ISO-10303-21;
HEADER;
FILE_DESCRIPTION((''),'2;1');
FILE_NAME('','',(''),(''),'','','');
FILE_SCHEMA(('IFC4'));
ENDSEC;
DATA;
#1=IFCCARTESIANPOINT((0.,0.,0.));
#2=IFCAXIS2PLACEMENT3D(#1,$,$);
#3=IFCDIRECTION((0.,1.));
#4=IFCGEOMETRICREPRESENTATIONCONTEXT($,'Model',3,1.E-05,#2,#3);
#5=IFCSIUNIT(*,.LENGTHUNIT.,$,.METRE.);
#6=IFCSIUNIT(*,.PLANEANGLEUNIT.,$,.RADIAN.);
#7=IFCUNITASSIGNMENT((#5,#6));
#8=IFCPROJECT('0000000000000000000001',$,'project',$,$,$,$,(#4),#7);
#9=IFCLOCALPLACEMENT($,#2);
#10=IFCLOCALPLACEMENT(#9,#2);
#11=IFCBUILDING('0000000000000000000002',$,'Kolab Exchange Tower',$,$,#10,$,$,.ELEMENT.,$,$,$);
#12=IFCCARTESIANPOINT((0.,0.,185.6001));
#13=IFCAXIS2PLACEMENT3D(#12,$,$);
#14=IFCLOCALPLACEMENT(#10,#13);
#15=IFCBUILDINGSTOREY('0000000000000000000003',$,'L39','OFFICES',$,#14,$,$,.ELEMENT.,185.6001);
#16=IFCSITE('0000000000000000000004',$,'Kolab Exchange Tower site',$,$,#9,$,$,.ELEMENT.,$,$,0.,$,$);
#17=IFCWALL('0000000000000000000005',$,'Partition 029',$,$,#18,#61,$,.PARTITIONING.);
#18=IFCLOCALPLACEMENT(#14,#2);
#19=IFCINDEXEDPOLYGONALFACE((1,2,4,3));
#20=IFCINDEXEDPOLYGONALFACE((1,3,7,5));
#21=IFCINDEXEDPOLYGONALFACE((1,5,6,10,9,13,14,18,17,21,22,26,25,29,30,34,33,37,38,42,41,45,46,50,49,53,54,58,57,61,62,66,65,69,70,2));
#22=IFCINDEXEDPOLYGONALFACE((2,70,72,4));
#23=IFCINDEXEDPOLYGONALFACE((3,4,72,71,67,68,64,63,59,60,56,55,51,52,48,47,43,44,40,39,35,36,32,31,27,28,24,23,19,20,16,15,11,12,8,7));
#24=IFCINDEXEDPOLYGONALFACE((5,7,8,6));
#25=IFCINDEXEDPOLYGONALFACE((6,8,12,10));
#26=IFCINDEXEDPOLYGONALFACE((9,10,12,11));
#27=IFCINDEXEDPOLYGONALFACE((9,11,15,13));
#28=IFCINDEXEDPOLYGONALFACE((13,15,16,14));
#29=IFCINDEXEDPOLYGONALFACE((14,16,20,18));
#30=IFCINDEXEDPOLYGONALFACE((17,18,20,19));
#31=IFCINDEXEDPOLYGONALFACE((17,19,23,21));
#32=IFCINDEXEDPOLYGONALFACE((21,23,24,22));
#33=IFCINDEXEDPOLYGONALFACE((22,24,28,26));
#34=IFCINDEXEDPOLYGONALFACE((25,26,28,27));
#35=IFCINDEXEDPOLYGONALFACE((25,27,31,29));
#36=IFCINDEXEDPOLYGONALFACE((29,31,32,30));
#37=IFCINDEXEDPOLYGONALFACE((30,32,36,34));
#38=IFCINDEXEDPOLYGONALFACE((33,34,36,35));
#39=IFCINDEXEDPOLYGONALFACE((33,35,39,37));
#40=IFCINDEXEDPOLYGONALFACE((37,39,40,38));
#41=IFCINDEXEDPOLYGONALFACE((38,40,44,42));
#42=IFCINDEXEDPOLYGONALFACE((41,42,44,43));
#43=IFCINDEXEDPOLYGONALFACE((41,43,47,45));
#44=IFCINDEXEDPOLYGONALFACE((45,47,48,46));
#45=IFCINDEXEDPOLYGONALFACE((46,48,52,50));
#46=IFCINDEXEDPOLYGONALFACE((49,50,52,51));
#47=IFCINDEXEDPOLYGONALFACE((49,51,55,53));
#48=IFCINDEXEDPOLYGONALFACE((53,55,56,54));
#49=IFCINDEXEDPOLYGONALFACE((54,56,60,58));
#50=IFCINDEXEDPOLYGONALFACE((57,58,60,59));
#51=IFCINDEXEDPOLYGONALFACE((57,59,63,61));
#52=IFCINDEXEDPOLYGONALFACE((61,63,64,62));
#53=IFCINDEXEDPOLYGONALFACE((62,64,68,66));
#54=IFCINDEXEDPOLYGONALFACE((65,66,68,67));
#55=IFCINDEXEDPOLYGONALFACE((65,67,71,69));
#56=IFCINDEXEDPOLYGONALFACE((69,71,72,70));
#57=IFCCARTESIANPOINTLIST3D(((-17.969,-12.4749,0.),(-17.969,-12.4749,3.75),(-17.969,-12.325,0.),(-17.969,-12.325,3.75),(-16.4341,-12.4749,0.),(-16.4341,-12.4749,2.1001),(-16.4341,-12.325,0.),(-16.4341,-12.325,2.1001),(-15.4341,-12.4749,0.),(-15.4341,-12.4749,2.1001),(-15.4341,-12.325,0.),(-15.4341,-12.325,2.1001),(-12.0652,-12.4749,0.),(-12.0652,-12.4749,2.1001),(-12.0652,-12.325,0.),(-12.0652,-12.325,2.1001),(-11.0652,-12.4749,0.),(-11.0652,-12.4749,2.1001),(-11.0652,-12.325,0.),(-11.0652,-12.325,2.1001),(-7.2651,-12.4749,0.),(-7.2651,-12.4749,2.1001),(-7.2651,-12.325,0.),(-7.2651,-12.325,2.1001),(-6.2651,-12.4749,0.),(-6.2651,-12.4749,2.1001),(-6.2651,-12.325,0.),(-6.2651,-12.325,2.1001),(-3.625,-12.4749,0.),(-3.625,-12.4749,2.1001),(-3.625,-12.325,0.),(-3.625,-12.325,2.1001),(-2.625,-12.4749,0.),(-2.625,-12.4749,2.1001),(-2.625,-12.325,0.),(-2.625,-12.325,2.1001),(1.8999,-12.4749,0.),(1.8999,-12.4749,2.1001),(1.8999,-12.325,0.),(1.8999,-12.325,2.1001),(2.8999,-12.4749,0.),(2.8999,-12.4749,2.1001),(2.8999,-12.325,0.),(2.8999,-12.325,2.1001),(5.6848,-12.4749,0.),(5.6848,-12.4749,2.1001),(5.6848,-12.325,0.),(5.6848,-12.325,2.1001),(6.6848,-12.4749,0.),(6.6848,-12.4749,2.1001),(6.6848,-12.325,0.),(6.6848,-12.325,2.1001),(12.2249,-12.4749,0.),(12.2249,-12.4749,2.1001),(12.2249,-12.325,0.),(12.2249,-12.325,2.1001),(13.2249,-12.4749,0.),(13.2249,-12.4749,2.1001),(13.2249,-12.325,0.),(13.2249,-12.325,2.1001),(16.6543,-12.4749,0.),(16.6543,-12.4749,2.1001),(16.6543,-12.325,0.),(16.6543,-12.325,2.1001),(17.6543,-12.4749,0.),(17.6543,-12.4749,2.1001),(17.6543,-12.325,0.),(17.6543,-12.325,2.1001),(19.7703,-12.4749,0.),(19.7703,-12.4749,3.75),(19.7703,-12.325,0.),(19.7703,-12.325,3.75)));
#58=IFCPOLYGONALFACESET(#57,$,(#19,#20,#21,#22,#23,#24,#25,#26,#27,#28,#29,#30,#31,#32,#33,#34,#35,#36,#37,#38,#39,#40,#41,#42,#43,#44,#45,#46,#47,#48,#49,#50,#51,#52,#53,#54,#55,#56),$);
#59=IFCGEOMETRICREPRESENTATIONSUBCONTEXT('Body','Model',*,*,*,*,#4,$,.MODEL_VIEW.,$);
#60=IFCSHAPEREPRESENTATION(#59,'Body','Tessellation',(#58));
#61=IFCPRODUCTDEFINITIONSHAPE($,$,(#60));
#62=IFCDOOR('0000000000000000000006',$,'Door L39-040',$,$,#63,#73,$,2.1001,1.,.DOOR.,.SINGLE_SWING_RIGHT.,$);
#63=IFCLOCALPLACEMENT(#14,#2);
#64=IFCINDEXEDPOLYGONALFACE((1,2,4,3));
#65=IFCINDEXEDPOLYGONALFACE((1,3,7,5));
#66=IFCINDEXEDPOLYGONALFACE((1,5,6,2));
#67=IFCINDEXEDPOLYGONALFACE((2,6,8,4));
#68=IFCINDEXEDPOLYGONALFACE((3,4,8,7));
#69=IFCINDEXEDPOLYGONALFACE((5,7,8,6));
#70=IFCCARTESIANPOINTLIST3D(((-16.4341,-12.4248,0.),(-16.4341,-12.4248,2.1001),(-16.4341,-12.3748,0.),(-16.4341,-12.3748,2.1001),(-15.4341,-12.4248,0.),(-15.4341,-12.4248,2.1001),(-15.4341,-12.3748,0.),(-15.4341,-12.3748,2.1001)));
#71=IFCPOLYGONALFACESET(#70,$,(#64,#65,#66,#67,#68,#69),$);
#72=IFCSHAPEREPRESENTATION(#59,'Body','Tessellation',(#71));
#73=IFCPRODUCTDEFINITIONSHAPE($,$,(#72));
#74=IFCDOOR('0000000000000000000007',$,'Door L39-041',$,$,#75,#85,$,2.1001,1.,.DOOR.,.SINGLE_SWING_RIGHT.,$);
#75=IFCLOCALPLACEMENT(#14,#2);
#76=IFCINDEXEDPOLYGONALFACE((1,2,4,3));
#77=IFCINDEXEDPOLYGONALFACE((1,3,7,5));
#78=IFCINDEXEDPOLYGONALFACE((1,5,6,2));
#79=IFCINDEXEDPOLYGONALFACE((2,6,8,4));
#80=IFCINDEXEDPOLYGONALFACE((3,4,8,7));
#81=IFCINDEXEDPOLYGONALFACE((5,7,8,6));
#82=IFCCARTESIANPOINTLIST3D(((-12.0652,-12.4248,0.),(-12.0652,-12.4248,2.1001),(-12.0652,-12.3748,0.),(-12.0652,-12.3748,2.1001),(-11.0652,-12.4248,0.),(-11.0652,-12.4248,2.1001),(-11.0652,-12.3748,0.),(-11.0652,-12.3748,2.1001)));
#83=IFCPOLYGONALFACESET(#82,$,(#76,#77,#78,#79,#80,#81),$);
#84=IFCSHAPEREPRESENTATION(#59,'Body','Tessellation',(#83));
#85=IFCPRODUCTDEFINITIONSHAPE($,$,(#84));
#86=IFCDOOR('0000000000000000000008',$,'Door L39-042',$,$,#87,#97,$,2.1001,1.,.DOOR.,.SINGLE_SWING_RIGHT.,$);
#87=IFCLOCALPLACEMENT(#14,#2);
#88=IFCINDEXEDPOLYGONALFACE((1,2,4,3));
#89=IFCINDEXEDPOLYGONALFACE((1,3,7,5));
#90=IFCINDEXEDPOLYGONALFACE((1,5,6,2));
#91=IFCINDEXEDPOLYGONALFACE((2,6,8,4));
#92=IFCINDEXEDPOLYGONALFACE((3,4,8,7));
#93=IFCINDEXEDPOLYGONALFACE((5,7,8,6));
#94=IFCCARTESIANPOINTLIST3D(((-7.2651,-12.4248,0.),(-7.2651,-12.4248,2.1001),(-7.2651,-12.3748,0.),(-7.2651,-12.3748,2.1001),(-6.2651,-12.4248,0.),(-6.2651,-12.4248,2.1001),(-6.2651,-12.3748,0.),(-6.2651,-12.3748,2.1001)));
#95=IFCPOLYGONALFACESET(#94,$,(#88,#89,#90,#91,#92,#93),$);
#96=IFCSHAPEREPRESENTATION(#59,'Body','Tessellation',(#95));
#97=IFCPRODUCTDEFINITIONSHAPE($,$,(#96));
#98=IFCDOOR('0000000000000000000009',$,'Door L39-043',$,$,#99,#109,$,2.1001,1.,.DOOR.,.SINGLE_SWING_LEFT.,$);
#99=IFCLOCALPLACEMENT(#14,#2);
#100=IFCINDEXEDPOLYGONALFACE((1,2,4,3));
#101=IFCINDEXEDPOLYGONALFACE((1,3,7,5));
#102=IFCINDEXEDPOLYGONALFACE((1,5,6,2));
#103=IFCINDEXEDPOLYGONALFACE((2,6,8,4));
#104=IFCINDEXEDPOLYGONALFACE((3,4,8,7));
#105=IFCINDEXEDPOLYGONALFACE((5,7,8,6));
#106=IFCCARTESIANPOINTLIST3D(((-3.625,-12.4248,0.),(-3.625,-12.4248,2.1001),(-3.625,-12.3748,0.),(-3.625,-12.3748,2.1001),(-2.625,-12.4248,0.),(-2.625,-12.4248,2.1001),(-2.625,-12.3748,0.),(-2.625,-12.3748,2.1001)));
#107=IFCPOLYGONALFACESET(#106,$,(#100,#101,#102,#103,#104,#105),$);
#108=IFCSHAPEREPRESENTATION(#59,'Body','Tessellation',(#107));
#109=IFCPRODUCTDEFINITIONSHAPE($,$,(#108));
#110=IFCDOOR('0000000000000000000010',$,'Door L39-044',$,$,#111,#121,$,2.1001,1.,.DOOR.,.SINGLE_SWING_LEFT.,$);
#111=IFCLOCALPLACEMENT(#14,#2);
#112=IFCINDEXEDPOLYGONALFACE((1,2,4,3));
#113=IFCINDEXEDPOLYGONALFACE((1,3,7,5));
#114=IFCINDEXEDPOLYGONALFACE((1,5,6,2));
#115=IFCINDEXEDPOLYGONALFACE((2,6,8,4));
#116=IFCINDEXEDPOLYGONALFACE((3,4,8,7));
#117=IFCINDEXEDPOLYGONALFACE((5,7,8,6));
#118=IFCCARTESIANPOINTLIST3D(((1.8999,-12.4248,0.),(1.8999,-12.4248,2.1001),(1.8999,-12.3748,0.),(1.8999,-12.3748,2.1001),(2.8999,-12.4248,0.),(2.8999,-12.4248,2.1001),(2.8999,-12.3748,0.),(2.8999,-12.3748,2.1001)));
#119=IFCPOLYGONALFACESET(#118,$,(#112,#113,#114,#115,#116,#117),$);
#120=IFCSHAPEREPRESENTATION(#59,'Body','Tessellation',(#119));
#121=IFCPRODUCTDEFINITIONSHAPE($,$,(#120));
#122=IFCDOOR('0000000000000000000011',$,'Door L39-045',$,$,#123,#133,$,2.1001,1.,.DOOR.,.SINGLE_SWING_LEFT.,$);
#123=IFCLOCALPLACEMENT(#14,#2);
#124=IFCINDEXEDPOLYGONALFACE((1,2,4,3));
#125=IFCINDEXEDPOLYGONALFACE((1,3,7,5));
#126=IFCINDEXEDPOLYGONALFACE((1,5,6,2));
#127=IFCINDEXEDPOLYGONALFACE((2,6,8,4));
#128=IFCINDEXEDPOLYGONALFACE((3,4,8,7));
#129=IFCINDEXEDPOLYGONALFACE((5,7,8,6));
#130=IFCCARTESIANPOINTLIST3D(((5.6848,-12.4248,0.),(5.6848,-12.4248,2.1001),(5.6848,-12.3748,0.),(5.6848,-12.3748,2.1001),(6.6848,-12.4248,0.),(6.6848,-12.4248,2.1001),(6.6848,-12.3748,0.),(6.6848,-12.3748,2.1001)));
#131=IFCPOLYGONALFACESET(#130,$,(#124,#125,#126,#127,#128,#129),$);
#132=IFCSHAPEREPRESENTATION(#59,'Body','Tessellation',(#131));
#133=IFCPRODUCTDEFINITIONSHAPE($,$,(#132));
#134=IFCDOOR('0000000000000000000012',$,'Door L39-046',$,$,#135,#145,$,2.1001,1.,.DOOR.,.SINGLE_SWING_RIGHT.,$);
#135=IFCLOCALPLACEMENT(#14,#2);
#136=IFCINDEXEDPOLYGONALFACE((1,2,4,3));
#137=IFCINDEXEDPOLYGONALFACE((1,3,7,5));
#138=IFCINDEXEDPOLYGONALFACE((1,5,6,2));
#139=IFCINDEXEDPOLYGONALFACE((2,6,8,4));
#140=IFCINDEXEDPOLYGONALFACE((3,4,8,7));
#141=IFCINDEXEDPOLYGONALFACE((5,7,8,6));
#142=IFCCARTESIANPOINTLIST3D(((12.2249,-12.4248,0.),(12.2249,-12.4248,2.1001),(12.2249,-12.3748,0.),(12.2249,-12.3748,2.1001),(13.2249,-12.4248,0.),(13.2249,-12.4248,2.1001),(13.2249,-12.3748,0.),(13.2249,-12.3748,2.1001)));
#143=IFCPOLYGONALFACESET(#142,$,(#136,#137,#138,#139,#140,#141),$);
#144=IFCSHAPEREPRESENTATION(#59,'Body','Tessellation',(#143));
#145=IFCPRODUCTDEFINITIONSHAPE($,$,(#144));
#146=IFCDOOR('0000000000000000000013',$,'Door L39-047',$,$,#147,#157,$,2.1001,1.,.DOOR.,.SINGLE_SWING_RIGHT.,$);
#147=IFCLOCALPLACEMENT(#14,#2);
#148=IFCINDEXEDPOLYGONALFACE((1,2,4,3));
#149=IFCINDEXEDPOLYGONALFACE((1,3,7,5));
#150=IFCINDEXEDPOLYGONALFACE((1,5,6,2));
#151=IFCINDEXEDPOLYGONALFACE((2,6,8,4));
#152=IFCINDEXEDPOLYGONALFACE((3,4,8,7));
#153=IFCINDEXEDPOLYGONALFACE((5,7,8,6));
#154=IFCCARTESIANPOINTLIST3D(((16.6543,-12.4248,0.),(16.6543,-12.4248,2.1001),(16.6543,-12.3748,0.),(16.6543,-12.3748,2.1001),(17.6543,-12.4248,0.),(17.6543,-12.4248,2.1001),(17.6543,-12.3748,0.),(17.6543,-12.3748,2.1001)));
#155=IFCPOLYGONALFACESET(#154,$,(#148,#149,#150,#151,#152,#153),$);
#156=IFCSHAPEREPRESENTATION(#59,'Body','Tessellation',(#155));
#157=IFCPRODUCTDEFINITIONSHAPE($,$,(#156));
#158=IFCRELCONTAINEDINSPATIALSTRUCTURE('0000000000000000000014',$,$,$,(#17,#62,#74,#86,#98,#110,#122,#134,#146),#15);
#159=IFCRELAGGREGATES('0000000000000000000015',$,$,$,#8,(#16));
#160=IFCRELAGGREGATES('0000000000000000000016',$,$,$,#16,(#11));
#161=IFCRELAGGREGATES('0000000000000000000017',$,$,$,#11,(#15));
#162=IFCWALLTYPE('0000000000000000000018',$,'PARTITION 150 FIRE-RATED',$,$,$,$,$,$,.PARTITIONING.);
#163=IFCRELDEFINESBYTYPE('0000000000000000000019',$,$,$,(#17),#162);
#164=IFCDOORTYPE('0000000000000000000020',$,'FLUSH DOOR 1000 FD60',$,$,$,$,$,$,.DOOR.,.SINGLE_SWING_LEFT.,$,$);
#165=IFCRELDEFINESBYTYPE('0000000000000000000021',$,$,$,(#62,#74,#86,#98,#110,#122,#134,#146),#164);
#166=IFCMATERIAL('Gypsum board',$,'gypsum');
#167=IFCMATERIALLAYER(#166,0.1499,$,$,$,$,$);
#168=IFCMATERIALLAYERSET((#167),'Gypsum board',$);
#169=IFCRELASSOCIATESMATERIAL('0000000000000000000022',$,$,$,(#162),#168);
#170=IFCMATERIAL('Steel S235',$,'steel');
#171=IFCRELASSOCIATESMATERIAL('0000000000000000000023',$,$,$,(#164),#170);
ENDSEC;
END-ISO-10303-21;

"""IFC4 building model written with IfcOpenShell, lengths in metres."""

from ifc_helpers import new_model, si_unit, direction, frame, frame_2d, origin, place, context, subcontext, project, spatial, rectangle, extrude, material, layer, layer_set, type_object, element, fill, save


model = new_model("IFC4")

# Units and contexts
model_context = context("Model", 3, precision=1e-05, world=origin(), true_north=direction((0.0, 1.0)))
body_context = subcontext(model_context, "Body", "Model", "MODEL_VIEW")
ifc_project = project(units=[si_unit("LENGTHUNIT", "METRE"), si_unit("PLANEANGLEUNIT", "RADIAN")], contexts=[model_context])

# Site, building, storey
site_placement = place(None, origin())
site = spatial("IfcSite", under=ifc_project, at=site_placement, Name="Kolab Exchange Tower site", CompositionType="ELEMENT", RefElevation=0.0)
building_placement = place(site_placement, origin())
building = spatial("IfcBuilding", under=site, at=building_placement, Name="Kolab Exchange Tower", CompositionType="ELEMENT")
storey_placement = place(building_placement, frame((0.0, 0.0, 185.6001)))
storey = spatial("IfcBuildingStorey", under=building, at=storey_placement, Name="L39", Description="OFFICES", CompositionType="ELEMENT", Elevation=185.6001)

# Shared definitions
ifc_material_1 = material(Name="Gypsum board", Category="gypsum")
ifc_layer_1 = layer(ifc_material_1, 0.1499)
ifc_layer_set_1 = layer_set([ifc_layer_1], Name="Gypsum board")
wall_type_1 = type_object("IfcWallType", Name="PARTITION 150 FIRE-RATED", PredefinedType="PARTITIONING", material=ifc_layer_set_1)

# Wall, openings, doors
wall_1_placement = place(storey_placement, frame((-17.969, -12.3999, 0.0), z_axis=(0.0, 0.0, 1.0), x_axis=(1.0, 0.0, 0.0)))
wall_1 = element("IfcWall", 1, at=wall_1_placement, inside=storey, type_object=wall_type_1, Name="Partition 029", PredefinedType="PARTITIONING", context=body_context, shape_type="SweptSolid", body=[
    extrude(rectangle(XDim=37.7393, YDim=0.1499, at=frame_2d((18.8696, 0.0))), origin(), (0.0, 0.0, 1.0), 3.75),
])
opening_1_placement = place(wall_1_placement, frame((1.5349, 0.0, 0.0)))
opening_1 = element("IfcOpeningElement", 2, at=opening_1_placement, cuts=wall_1, PredefinedType="OPENING", context=body_context, shape_type="SweptSolid", body=[
    extrude(rectangle(XDim=1.0, YDim=2.1001, at=frame_2d((0.5, 1.05))), frame((0.0, 0.085, 0.0), z_axis=(0.0, -1.0, 0.0), x_axis=(1.0, 0.0, 0.0)), (0.0, 0.0, 1.0), 0.1699),
])
opening_2_placement = place(wall_1_placement, frame((5.9038, 0.0, 0.0)))
opening_2 = element("IfcOpeningElement", 3, at=opening_2_placement, cuts=wall_1, PredefinedType="OPENING", context=body_context, shape_type="SweptSolid", body=[
    extrude(rectangle(XDim=1.0, YDim=2.1001, at=frame_2d((0.5, 1.05))), frame((0.0, 0.085, 0.0), z_axis=(0.0, -1.0, 0.0), x_axis=(1.0, 0.0, 0.0)), (0.0, 0.0, 1.0), 0.1699),
])
opening_3_placement = place(wall_1_placement, frame((10.7039, 0.0, 0.0)))
opening_3 = element("IfcOpeningElement", 4, at=opening_3_placement, cuts=wall_1, PredefinedType="OPENING", context=body_context, shape_type="SweptSolid", body=[
    extrude(rectangle(XDim=1.0, YDim=2.1001, at=frame_2d((0.5, 1.05))), frame((0.0, 0.085, 0.0), z_axis=(0.0, -1.0, 0.0), x_axis=(1.0, 0.0, 0.0)), (0.0, 0.0, 1.0), 0.1699),
])
opening_4_placement = place(wall_1_placement, frame((14.344, 0.0, 0.0)))
opening_4 = element("IfcOpeningElement", 5, at=opening_4_placement, cuts=wall_1, PredefinedType="OPENING", context=body_context, shape_type="SweptSolid", body=[
    extrude(rectangle(XDim=1.0, YDim=2.1001, at=frame_2d((0.5, 1.05))), frame((0.0, 0.085, 0.0), z_axis=(0.0, -1.0, 0.0), x_axis=(1.0, 0.0, 0.0)), (0.0, 0.0, 1.0), 0.1699),
])
opening_5_placement = place(wall_1_placement, frame((19.8689, 0.0, 0.0)))
opening_5 = element("IfcOpeningElement", 6, at=opening_5_placement, cuts=wall_1, PredefinedType="OPENING", context=body_context, shape_type="SweptSolid", body=[
    extrude(rectangle(XDim=1.0, YDim=2.1001, at=frame_2d((0.5, 1.05))), frame((0.0, 0.085, 0.0), z_axis=(0.0, -1.0, 0.0), x_axis=(1.0, 0.0, 0.0)), (0.0, 0.0, 1.0), 0.1699),
])
opening_6_placement = place(wall_1_placement, frame((23.6538, 0.0, 0.0)))
opening_6 = element("IfcOpeningElement", 7, at=opening_6_placement, cuts=wall_1, PredefinedType="OPENING", context=body_context, shape_type="SweptSolid", body=[
    extrude(rectangle(XDim=1.0, YDim=2.1001, at=frame_2d((0.5, 1.05))), frame((0.0, 0.085, 0.0), z_axis=(0.0, -1.0, 0.0), x_axis=(1.0, 0.0, 0.0)), (0.0, 0.0, 1.0), 0.1699),
])
opening_7_placement = place(wall_1_placement, frame((30.1938, 0.0, 0.0)))
opening_7 = element("IfcOpeningElement", 8, at=opening_7_placement, cuts=wall_1, PredefinedType="OPENING", context=body_context, shape_type="SweptSolid", body=[
    extrude(rectangle(XDim=1.0, YDim=2.1001, at=frame_2d((0.5, 1.05))), frame((0.0, 0.085, 0.0), z_axis=(0.0, -1.0, 0.0), x_axis=(1.0, 0.0, 0.0)), (0.0, 0.0, 1.0), 0.1699),
])
opening_8_placement = place(wall_1_placement, frame((34.6233, 0.0, 0.0)))
opening_8 = element("IfcOpeningElement", 9, at=opening_8_placement, cuts=wall_1, PredefinedType="OPENING", context=body_context, shape_type="SweptSolid", body=[
    extrude(rectangle(XDim=1.0, YDim=2.1001, at=frame_2d((0.5, 1.05))), frame((0.0, 0.085, 0.0), z_axis=(0.0, -1.0, 0.0), x_axis=(1.0, 0.0, 0.0)), (0.0, 0.0, 1.0), 0.1699),
])
ifc_material_2 = material(Name="Steel S235", Category="steel")
door_type_1 = type_object("IfcDoorType", Name="FLUSH DOOR 1000 FD60", OperationType="SINGLE_SWING_LEFT", PredefinedType="DOOR", material=ifc_material_2)
door_1_placement = place(opening_1_placement, frame((1.0, 0.0, 0.0), z_axis=(0.0, 0.0, 1.0), x_axis=(-1.0, 0.0, 0.0)))
door_1 = element("IfcDoor", 10, at=door_1_placement, inside=storey, type_object=door_type_1, Name="Door L39-040", OperationType="SINGLE_SWING_RIGHT", OverallHeight=2.1001, OverallWidth=1.0, PredefinedType="DOOR", context=body_context, shape_type="SweptSolid", body=[
    extrude(rectangle(XDim=1.0, YDim=2.1001, at=frame_2d((0.5, 1.05))), frame((0.0, 0.0249, 0.0), z_axis=(0.0, -1.0, 0.0), x_axis=(1.0, 0.0, 0.0)), (0.0, 0.0, 1.0), 0.05),
])
fill(opening_1, door_1)
door_2_placement = place(opening_2_placement, frame((1.0, 0.0, 0.0), z_axis=(0.0, 0.0, 1.0), x_axis=(-1.0, 0.0, 0.0)))
door_2 = element("IfcDoor", 11, at=door_2_placement, inside=storey, type_object=door_type_1, Name="Door L39-041", OperationType="SINGLE_SWING_RIGHT", OverallHeight=2.1001, OverallWidth=1.0, PredefinedType="DOOR", context=body_context, shape_type="SweptSolid", body=[
    extrude(rectangle(XDim=1.0, YDim=2.1001, at=frame_2d((0.5, 1.05))), frame((0.0, 0.0249, 0.0), z_axis=(0.0, -1.0, 0.0), x_axis=(1.0, 0.0, 0.0)), (0.0, 0.0, 1.0), 0.05),
])
fill(opening_2, door_2)
door_3_placement = place(opening_3_placement, frame((1.0, 0.0, 0.0), z_axis=(0.0, 0.0, 1.0), x_axis=(-1.0, 0.0, 0.0)))
door_3 = element("IfcDoor", 12, at=door_3_placement, inside=storey, type_object=door_type_1, Name="Door L39-042", OperationType="SINGLE_SWING_RIGHT", OverallHeight=2.1001, OverallWidth=1.0, PredefinedType="DOOR", context=body_context, shape_type="SweptSolid", body=[
    extrude(rectangle(XDim=1.0, YDim=2.1001, at=frame_2d((0.5, 1.05))), frame((0.0, 0.0249, 0.0), z_axis=(0.0, -1.0, 0.0), x_axis=(1.0, 0.0, 0.0)), (0.0, 0.0, 1.0), 0.05),
])
fill(opening_3, door_3)
door_4_placement = place(opening_4_placement, frame((1.0, 0.0, 0.0), z_axis=(0.0, 0.0, 1.0), x_axis=(-1.0, 0.0, 0.0)))
door_4 = element("IfcDoor", 13, at=door_4_placement, inside=storey, type_object=door_type_1, Name="Door L39-043", OperationType="SINGLE_SWING_LEFT", OverallHeight=2.1001, OverallWidth=1.0, PredefinedType="DOOR", context=body_context, shape_type="SweptSolid", body=[
    extrude(rectangle(XDim=1.0, YDim=2.1001, at=frame_2d((0.5, 1.05))), frame((0.0, 0.0249, 0.0), z_axis=(0.0, -1.0, 0.0), x_axis=(1.0, 0.0, 0.0)), (0.0, 0.0, 1.0), 0.05),
])
fill(opening_4, door_4)
door_5_placement = place(opening_5_placement, frame((1.0, 0.0, 0.0), z_axis=(0.0, 0.0, 1.0), x_axis=(-1.0, 0.0, 0.0)))
door_5 = element("IfcDoor", 14, at=door_5_placement, inside=storey, type_object=door_type_1, Name="Door L39-044", OperationType="SINGLE_SWING_LEFT", OverallHeight=2.1001, OverallWidth=1.0, PredefinedType="DOOR", context=body_context, shape_type="SweptSolid", body=[
    extrude(rectangle(XDim=1.0, YDim=2.1001, at=frame_2d((0.5, 1.05))), frame((0.0, 0.0249, 0.0), z_axis=(0.0, -1.0, 0.0), x_axis=(1.0, 0.0, 0.0)), (0.0, 0.0, 1.0), 0.05),
])
fill(opening_5, door_5)
door_6_placement = place(opening_6_placement, frame((1.0, 0.0, 0.0), z_axis=(0.0, 0.0, 1.0), x_axis=(-1.0, 0.0, 0.0)))
door_6 = element("IfcDoor", 15, at=door_6_placement, inside=storey, type_object=door_type_1, Name="Door L39-045", OperationType="SINGLE_SWING_LEFT", OverallHeight=2.1001, OverallWidth=1.0, PredefinedType="DOOR", context=body_context, shape_type="SweptSolid", body=[
    extrude(rectangle(XDim=1.0, YDim=2.1001, at=frame_2d((0.5, 1.05))), frame((0.0, 0.0249, 0.0), z_axis=(0.0, -1.0, 0.0), x_axis=(1.0, 0.0, 0.0)), (0.0, 0.0, 1.0), 0.05),
])
fill(opening_6, door_6)
door_7_placement = place(opening_7_placement, frame((1.0, 0.0, 0.0), z_axis=(0.0, 0.0, 1.0), x_axis=(-1.0, 0.0, 0.0)))
door_7 = element("IfcDoor", 16, at=door_7_placement, inside=storey, type_object=door_type_1, Name="Door L39-046", OperationType="SINGLE_SWING_RIGHT", OverallHeight=2.1001, OverallWidth=1.0, PredefinedType="DOOR", context=body_context, shape_type="SweptSolid", body=[
    extrude(rectangle(XDim=1.0, YDim=2.1001, at=frame_2d((0.5, 1.05))), frame((0.0, 0.0249, 0.0), z_axis=(0.0, -1.0, 0.0), x_axis=(1.0, 0.0, 0.0)), (0.0, 0.0, 1.0), 0.05),
])
fill(opening_7, door_7)
door_8_placement = place(opening_8_placement, frame((1.0, 0.0, 0.0), z_axis=(0.0, 0.0, 1.0), x_axis=(-1.0, 0.0, 0.0)))
door_8 = element("IfcDoor", 17, at=door_8_placement, inside=storey, type_object=door_type_1, Name="Door L39-047", OperationType="SINGLE_SWING_RIGHT", OverallHeight=2.1001, OverallWidth=1.0, PredefinedType="DOOR", context=body_context, shape_type="SweptSolid", body=[
    extrude(rectangle(XDim=1.0, YDim=2.1001, at=frame_2d((0.5, 1.05))), frame((0.0, 0.0249, 0.0), z_axis=(0.0, -1.0, 0.0), x_axis=(1.0, 0.0, 0.0)), (0.0, 0.0, 1.0), 0.05),
])
fill(opening_8, door_8)

save(model, "model.ifc")
